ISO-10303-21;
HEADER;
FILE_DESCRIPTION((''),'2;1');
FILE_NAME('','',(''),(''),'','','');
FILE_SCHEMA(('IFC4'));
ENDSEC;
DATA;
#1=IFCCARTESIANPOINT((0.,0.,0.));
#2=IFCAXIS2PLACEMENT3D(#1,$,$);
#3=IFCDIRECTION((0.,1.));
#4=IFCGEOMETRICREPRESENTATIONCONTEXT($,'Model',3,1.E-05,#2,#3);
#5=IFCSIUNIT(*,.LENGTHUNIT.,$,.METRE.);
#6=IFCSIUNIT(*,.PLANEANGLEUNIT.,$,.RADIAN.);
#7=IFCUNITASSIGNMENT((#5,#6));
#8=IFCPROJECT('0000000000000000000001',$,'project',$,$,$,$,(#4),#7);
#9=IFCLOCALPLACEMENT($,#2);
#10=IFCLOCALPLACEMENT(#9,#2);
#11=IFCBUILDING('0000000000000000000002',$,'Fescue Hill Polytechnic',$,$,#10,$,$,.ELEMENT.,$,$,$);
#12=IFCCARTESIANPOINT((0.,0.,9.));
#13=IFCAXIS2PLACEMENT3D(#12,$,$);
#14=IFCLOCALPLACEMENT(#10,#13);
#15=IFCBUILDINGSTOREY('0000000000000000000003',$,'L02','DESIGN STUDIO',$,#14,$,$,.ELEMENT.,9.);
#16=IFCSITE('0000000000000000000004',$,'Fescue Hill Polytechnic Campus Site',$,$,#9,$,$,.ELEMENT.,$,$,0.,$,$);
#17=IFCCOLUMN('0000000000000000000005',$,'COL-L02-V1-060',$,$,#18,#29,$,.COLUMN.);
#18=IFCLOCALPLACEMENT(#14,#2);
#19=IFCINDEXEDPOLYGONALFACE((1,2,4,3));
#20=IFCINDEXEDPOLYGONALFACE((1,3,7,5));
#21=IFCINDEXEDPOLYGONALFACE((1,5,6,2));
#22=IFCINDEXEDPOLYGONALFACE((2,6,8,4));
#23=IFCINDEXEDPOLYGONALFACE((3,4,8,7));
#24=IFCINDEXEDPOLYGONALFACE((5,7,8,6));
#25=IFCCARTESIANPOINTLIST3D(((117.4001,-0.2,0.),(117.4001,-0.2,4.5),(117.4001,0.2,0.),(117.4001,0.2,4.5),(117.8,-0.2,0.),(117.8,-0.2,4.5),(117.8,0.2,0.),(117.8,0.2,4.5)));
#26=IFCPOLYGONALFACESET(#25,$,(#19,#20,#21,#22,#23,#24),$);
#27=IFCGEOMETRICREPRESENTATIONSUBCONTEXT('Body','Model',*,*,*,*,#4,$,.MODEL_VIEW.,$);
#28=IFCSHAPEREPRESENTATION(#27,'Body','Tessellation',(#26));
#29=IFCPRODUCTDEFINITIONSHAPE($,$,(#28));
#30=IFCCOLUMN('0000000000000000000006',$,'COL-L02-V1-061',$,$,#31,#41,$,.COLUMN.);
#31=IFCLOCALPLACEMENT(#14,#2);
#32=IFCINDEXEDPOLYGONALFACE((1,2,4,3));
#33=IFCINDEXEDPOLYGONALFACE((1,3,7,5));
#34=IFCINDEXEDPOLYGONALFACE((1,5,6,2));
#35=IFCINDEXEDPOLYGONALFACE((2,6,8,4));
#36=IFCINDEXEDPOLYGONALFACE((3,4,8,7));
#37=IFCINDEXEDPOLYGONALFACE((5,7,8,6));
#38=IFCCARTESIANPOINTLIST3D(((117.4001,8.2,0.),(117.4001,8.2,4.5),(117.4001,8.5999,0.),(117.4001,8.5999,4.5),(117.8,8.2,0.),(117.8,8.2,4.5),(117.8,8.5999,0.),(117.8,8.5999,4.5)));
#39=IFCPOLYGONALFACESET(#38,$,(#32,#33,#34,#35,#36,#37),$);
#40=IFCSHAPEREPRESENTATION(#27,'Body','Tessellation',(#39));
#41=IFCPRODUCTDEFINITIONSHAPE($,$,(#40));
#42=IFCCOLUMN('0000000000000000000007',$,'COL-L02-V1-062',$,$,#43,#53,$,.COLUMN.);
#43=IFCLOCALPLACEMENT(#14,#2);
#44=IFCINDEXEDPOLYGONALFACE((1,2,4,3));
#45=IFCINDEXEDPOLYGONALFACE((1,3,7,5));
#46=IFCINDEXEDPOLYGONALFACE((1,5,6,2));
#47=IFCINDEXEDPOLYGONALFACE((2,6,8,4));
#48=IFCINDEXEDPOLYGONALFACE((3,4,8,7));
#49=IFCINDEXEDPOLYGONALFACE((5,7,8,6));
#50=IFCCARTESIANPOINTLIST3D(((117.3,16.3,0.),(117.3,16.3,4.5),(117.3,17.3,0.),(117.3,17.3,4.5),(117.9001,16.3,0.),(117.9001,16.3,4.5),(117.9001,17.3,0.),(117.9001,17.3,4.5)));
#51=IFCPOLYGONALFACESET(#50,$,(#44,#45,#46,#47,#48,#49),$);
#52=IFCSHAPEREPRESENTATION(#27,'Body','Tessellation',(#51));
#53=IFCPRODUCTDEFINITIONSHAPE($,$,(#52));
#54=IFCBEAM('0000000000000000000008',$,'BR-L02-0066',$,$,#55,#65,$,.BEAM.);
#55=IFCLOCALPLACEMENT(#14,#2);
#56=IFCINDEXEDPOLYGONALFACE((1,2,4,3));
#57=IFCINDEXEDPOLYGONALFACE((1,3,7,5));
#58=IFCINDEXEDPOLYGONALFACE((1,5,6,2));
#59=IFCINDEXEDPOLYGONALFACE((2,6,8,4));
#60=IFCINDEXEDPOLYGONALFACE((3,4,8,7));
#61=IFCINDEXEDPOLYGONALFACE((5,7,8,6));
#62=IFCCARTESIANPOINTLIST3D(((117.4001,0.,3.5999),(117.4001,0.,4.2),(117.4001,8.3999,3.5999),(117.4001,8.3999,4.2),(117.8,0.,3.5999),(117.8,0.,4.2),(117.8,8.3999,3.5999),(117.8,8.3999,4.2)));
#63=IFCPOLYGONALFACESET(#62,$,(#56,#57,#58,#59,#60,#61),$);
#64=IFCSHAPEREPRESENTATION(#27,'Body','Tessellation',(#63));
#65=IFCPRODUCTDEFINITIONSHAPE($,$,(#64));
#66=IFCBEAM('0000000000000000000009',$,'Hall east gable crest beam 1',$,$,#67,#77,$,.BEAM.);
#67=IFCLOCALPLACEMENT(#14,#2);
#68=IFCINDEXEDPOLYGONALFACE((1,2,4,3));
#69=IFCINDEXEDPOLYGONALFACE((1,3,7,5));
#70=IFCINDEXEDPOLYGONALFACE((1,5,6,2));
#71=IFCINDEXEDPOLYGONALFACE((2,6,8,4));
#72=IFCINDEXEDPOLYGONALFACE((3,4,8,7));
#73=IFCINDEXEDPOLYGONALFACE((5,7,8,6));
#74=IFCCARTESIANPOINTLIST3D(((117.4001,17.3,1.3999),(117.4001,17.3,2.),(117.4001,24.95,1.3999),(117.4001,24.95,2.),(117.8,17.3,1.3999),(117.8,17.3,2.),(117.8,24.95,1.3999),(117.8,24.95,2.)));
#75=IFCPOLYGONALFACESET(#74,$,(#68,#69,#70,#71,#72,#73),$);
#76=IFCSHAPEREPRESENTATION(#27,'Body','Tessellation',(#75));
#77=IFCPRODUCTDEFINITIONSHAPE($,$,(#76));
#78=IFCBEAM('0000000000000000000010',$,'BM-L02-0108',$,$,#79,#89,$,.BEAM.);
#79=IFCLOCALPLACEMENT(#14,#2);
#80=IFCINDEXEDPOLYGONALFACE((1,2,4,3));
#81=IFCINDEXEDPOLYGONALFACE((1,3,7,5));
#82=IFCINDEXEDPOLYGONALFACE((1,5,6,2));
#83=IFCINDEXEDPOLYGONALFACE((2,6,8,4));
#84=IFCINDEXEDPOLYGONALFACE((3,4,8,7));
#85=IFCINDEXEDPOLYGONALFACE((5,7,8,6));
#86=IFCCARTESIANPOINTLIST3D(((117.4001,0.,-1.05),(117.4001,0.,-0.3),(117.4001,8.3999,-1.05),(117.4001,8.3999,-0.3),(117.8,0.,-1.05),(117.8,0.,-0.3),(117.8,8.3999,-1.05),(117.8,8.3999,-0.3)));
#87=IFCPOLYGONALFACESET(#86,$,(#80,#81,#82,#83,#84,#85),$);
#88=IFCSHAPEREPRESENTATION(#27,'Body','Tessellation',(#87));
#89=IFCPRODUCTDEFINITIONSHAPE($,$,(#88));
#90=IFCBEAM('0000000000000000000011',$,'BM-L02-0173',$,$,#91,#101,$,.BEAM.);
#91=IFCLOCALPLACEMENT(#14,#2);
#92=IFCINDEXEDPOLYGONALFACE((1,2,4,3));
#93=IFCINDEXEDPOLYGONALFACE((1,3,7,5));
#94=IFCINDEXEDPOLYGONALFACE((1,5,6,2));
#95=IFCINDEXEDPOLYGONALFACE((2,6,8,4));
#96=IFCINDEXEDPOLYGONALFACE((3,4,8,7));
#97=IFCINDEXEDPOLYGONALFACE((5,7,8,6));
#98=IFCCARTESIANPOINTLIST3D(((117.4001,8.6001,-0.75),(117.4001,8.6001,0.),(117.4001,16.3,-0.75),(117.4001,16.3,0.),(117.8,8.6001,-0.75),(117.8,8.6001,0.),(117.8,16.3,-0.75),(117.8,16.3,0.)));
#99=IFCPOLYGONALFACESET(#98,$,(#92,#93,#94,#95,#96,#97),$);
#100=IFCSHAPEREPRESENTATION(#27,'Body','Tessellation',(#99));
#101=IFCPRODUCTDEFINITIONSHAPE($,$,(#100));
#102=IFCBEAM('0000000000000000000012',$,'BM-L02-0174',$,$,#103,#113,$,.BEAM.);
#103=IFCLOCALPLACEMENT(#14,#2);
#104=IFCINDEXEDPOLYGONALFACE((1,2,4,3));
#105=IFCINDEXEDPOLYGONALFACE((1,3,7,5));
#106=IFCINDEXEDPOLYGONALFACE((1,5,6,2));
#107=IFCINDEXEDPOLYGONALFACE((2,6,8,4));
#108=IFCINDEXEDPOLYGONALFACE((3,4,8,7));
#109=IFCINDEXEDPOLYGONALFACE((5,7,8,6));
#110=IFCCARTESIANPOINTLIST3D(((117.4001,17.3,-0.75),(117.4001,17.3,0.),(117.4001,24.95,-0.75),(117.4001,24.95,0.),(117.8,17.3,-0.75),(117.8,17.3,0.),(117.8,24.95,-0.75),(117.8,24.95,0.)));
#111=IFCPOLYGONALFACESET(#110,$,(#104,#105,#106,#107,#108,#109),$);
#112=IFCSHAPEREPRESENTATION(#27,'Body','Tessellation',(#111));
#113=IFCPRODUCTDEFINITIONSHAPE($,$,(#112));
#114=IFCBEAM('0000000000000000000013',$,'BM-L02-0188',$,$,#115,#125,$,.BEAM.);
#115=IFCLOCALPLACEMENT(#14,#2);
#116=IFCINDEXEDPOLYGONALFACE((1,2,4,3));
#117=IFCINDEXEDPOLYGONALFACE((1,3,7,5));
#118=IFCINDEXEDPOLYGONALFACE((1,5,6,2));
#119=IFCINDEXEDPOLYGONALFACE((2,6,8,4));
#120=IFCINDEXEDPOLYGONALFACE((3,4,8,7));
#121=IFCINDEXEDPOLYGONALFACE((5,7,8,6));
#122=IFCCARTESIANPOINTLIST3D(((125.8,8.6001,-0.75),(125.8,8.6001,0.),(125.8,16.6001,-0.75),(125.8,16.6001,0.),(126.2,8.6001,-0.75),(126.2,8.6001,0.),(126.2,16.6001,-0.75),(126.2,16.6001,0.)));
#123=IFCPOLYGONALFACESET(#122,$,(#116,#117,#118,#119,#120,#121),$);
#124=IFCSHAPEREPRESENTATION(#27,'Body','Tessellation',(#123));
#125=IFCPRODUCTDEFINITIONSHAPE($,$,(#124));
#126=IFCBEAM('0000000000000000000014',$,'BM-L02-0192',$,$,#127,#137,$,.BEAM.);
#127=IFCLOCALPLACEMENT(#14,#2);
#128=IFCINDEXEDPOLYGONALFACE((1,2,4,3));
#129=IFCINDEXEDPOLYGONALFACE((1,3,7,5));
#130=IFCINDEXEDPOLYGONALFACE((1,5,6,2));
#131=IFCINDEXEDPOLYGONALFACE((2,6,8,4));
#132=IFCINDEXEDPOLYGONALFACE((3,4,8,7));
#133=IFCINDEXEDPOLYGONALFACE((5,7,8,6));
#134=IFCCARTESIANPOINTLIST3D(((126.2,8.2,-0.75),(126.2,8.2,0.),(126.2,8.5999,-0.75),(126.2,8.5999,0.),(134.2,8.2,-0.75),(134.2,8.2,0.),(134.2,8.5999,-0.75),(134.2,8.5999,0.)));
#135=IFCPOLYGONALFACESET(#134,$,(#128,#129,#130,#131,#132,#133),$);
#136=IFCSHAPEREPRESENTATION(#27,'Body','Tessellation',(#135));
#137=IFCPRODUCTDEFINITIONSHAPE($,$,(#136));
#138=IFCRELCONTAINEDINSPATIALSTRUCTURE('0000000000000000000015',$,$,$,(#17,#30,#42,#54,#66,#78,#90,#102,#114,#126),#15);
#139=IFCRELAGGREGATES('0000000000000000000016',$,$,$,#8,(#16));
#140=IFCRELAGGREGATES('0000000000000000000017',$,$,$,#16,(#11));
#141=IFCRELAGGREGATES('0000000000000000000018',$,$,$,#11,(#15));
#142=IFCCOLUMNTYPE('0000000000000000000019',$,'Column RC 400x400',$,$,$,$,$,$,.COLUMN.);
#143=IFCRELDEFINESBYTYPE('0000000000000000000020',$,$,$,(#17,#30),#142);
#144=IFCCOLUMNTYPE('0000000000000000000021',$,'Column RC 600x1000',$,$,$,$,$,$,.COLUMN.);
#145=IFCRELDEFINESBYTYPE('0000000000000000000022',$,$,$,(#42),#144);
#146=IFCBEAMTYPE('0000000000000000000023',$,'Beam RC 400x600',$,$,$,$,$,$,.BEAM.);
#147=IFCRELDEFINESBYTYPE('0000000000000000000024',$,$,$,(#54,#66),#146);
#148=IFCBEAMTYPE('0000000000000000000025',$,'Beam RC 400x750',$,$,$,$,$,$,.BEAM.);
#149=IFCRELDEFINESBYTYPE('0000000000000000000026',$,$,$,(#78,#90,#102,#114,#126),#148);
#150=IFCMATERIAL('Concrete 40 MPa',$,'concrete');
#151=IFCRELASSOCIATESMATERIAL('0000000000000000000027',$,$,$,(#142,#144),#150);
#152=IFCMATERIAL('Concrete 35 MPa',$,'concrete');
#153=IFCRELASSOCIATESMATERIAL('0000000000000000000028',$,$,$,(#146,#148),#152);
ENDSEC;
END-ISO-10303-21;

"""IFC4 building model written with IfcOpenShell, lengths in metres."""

from ifc_helpers import new_model, si_unit, direction, frame, origin, origin_2d, place, context, subcontext, project, spatial, rectangle, extrude, material, material_profile, profile_set, type_object, element, save


model = new_model("IFC4")

# Units and contexts
model_context = context("Model", 3, precision=1e-05, world=origin(), true_north=direction((0.0, 1.0)))
body_context = subcontext(model_context, "Body", "Model", "MODEL_VIEW")
ifc_project = project(units=[si_unit("LENGTHUNIT", "METRE"), si_unit("PLANEANGLEUNIT", "RADIAN")], contexts=[model_context])

# Site, building, storey
site_placement = place(None, origin())
site = spatial("IfcSite", under=ifc_project, at=site_placement, Name="Fescue Hill Polytechnic Campus Site", CompositionType="ELEMENT", RefElevation=0.0)
building_placement = place(site_placement, origin())
building = spatial("IfcBuilding", under=site, at=building_placement, Name="Fescue Hill Polytechnic", CompositionType="ELEMENT")
storey_placement = place(building_placement, frame((0.0, 0.0, 9.0)))
storey = spatial("IfcBuildingStorey", under=building, at=storey_placement, Name="L02", Description="DESIGN STUDIO", CompositionType="ELEMENT", Elevation=9.0)

# Columns
ifc_material_1 = material(Name="Concrete 40 MPa", Category="concrete")
ifc_material_profile_1 = material_profile(ifc_material_1, rectangle(XDim=0.3999, YDim=0.3999, at=origin_2d()), Name="RC 400x400")
ifc_profile_set_1 = profile_set([ifc_material_profile_1], Name="Concrete 40 MPa")
column_type_1 = type_object("IfcColumnType", Name="Column RC 400x400", PredefinedType="COLUMN", material=ifc_profile_set_1)
for number, where, z_axis, x_axis, name in (
    (1, (117.6001, 0.0, 0.0), (0.0, 0.0, 1.0), (1.0, 0.0, 0.0), "COL-L02-V1-060"),
    (2, (117.6001, 8.3999, 0.0), (0.0, 0.0, 1.0), (1.0, 0.0, 0.0), "COL-L02-V1-061"),
):
    element("IfcColumn", number, at=place(storey_placement, frame(where, z_axis=z_axis, x_axis=x_axis)), inside=storey, type_object=column_type_1, Name=name, PredefinedType="COLUMN", context=body_context, shape_type="SweptSolid", body=[
        extrude(rectangle(XDim=0.3999, YDim=0.3999, at=origin_2d()), origin(), (0.0, 0.0, 1.0), 4.5),
    ])
ifc_material_profile_2 = material_profile(ifc_material_1, rectangle(XDim=0.6001, YDim=1.0, at=origin_2d()), Name="RC 600x1000")
ifc_profile_set_2 = profile_set([ifc_material_profile_2], Name="Concrete 40 MPa")
column_type_2 = type_object("IfcColumnType", Name="Column RC 600x1000", PredefinedType="COLUMN", material=ifc_profile_set_2)
column_placement = place(storey_placement, frame((117.6001, 16.8, 0.0), z_axis=(0.0, 0.0, 1.0), x_axis=(1.0, 0.0, 0.0)))
element("IfcColumn", 3, at=column_placement, inside=storey, type_object=column_type_2, Name="COL-L02-V1-062", PredefinedType="COLUMN", context=body_context, shape_type="SweptSolid", body=[
    extrude(rectangle(XDim=0.6001, YDim=1.0, at=origin_2d()), origin(), (0.0, 0.0, 1.0), 4.5),
])

# Beams
ifc_material_2 = material(Name="Concrete 35 MPa", Category="concrete")
ifc_material_profile_3 = material_profile(ifc_material_2, rectangle(XDim=0.3999, YDim=0.6001, at=origin_2d()), Name="RC 400x600")
ifc_profile_set_3 = profile_set([ifc_material_profile_3], Name="Concrete 35 MPa")
beam_type_1 = type_object("IfcBeamType", Name="Beam RC 400x600", PredefinedType="BEAM", material=ifc_profile_set_3)
beam_1_placement = place(storey_placement, frame((117.6001, 0.0, 3.8999), z_axis=(0.0, 1.0, 0.0), x_axis=(-1.0, 0.0, 0.0)))
element("IfcBeam", 4, at=beam_1_placement, inside=storey, type_object=beam_type_1, Name="BR-L02-0066", PredefinedType="BEAM", context=body_context, shape_type="SweptSolid", body=[
    extrude(rectangle(XDim=0.3999, YDim=0.6001, at=origin_2d()), origin(), (0.0, 0.0, 1.0), 8.3999),
])
beam_2_placement = place(storey_placement, frame((117.6001, 17.3, 1.7), z_axis=(0.0, 1.0, 0.0), x_axis=(-1.0, 0.0, 0.0)))
element("IfcBeam", 5, at=beam_2_placement, inside=storey, type_object=beam_type_1, Name="Hall east gable crest beam 1", PredefinedType="BEAM", context=body_context, shape_type="SweptSolid", body=[
    extrude(rectangle(XDim=0.3999, YDim=0.6001, at=origin_2d()), origin(), (0.0, 0.0, 1.0), 7.6499),
])
ifc_material_profile_4 = material_profile(ifc_material_2, rectangle(XDim=0.3999, YDim=0.75, at=origin_2d()), Name="RC 400x750")
ifc_profile_set_4 = profile_set([ifc_material_profile_4], Name="Concrete 35 MPa")
beam_type_2 = type_object("IfcBeamType", Name="Beam RC 400x750", PredefinedType="BEAM", material=ifc_profile_set_4)
beam_3_placement = place(storey_placement, frame((117.6001, 0.0, -0.675), z_axis=(0.0, 1.0, 0.0), x_axis=(-1.0, 0.0, 0.0)))
element("IfcBeam", 6, at=beam_3_placement, inside=storey, type_object=beam_type_2, Name="BM-L02-0108", PredefinedType="BEAM", context=body_context, shape_type="SweptSolid", body=[
    extrude(rectangle(XDim=0.3999, YDim=0.75, at=origin_2d()), origin(), (0.0, 0.0, 1.0), 8.3999),
])
beam_4_placement = place(storey_placement, frame((117.6001, 8.6001, -0.375), z_axis=(0.0, 1.0, 0.0), x_axis=(-1.0, 0.0, 0.0)))
element("IfcBeam", 7, at=beam_4_placement, inside=storey, type_object=beam_type_2, Name="BM-L02-0173", PredefinedType="BEAM", context=body_context, shape_type="SweptSolid", body=[
    extrude(rectangle(XDim=0.3999, YDim=0.75, at=origin_2d()), origin(), (0.0, 0.0, 1.0), 7.7),
])
beam_5_placement = place(storey_placement, frame((117.6001, 17.3, -0.375), z_axis=(0.0, 1.0, 0.0), x_axis=(-1.0, 0.0, 0.0)))
element("IfcBeam", 8, at=beam_5_placement, inside=storey, type_object=beam_type_2, Name="BM-L02-0174", PredefinedType="BEAM", context=body_context, shape_type="SweptSolid", body=[
    extrude(rectangle(XDim=0.3999, YDim=0.75, at=origin_2d()), origin(), (0.0, 0.0, 1.0), 7.6499),
])
for number, where, z_axis, x_axis, name in (
    (9, (126.0, 16.6001, -0.375), (0.0, -1.0, 0.0), (1.0, 0.0, 0.0), "BM-L02-0188"),
    (10, (126.2, 8.3999, -0.375), (1.0, 0.0, 0.0), (0.0, 1.0, 0.0), "BM-L02-0192"),
):
    element("IfcBeam", number, at=place(storey_placement, frame(where, z_axis=z_axis, x_axis=x_axis)), inside=storey, type_object=beam_type_2, Name=name, PredefinedType="BEAM", context=body_context, shape_type="SweptSolid", body=[
        extrude(rectangle(XDim=0.3999, YDim=0.75, at=origin_2d()), origin(), (0.0, 0.0, 1.0), 8.0),
    ])

save(model, "model.ifc")
